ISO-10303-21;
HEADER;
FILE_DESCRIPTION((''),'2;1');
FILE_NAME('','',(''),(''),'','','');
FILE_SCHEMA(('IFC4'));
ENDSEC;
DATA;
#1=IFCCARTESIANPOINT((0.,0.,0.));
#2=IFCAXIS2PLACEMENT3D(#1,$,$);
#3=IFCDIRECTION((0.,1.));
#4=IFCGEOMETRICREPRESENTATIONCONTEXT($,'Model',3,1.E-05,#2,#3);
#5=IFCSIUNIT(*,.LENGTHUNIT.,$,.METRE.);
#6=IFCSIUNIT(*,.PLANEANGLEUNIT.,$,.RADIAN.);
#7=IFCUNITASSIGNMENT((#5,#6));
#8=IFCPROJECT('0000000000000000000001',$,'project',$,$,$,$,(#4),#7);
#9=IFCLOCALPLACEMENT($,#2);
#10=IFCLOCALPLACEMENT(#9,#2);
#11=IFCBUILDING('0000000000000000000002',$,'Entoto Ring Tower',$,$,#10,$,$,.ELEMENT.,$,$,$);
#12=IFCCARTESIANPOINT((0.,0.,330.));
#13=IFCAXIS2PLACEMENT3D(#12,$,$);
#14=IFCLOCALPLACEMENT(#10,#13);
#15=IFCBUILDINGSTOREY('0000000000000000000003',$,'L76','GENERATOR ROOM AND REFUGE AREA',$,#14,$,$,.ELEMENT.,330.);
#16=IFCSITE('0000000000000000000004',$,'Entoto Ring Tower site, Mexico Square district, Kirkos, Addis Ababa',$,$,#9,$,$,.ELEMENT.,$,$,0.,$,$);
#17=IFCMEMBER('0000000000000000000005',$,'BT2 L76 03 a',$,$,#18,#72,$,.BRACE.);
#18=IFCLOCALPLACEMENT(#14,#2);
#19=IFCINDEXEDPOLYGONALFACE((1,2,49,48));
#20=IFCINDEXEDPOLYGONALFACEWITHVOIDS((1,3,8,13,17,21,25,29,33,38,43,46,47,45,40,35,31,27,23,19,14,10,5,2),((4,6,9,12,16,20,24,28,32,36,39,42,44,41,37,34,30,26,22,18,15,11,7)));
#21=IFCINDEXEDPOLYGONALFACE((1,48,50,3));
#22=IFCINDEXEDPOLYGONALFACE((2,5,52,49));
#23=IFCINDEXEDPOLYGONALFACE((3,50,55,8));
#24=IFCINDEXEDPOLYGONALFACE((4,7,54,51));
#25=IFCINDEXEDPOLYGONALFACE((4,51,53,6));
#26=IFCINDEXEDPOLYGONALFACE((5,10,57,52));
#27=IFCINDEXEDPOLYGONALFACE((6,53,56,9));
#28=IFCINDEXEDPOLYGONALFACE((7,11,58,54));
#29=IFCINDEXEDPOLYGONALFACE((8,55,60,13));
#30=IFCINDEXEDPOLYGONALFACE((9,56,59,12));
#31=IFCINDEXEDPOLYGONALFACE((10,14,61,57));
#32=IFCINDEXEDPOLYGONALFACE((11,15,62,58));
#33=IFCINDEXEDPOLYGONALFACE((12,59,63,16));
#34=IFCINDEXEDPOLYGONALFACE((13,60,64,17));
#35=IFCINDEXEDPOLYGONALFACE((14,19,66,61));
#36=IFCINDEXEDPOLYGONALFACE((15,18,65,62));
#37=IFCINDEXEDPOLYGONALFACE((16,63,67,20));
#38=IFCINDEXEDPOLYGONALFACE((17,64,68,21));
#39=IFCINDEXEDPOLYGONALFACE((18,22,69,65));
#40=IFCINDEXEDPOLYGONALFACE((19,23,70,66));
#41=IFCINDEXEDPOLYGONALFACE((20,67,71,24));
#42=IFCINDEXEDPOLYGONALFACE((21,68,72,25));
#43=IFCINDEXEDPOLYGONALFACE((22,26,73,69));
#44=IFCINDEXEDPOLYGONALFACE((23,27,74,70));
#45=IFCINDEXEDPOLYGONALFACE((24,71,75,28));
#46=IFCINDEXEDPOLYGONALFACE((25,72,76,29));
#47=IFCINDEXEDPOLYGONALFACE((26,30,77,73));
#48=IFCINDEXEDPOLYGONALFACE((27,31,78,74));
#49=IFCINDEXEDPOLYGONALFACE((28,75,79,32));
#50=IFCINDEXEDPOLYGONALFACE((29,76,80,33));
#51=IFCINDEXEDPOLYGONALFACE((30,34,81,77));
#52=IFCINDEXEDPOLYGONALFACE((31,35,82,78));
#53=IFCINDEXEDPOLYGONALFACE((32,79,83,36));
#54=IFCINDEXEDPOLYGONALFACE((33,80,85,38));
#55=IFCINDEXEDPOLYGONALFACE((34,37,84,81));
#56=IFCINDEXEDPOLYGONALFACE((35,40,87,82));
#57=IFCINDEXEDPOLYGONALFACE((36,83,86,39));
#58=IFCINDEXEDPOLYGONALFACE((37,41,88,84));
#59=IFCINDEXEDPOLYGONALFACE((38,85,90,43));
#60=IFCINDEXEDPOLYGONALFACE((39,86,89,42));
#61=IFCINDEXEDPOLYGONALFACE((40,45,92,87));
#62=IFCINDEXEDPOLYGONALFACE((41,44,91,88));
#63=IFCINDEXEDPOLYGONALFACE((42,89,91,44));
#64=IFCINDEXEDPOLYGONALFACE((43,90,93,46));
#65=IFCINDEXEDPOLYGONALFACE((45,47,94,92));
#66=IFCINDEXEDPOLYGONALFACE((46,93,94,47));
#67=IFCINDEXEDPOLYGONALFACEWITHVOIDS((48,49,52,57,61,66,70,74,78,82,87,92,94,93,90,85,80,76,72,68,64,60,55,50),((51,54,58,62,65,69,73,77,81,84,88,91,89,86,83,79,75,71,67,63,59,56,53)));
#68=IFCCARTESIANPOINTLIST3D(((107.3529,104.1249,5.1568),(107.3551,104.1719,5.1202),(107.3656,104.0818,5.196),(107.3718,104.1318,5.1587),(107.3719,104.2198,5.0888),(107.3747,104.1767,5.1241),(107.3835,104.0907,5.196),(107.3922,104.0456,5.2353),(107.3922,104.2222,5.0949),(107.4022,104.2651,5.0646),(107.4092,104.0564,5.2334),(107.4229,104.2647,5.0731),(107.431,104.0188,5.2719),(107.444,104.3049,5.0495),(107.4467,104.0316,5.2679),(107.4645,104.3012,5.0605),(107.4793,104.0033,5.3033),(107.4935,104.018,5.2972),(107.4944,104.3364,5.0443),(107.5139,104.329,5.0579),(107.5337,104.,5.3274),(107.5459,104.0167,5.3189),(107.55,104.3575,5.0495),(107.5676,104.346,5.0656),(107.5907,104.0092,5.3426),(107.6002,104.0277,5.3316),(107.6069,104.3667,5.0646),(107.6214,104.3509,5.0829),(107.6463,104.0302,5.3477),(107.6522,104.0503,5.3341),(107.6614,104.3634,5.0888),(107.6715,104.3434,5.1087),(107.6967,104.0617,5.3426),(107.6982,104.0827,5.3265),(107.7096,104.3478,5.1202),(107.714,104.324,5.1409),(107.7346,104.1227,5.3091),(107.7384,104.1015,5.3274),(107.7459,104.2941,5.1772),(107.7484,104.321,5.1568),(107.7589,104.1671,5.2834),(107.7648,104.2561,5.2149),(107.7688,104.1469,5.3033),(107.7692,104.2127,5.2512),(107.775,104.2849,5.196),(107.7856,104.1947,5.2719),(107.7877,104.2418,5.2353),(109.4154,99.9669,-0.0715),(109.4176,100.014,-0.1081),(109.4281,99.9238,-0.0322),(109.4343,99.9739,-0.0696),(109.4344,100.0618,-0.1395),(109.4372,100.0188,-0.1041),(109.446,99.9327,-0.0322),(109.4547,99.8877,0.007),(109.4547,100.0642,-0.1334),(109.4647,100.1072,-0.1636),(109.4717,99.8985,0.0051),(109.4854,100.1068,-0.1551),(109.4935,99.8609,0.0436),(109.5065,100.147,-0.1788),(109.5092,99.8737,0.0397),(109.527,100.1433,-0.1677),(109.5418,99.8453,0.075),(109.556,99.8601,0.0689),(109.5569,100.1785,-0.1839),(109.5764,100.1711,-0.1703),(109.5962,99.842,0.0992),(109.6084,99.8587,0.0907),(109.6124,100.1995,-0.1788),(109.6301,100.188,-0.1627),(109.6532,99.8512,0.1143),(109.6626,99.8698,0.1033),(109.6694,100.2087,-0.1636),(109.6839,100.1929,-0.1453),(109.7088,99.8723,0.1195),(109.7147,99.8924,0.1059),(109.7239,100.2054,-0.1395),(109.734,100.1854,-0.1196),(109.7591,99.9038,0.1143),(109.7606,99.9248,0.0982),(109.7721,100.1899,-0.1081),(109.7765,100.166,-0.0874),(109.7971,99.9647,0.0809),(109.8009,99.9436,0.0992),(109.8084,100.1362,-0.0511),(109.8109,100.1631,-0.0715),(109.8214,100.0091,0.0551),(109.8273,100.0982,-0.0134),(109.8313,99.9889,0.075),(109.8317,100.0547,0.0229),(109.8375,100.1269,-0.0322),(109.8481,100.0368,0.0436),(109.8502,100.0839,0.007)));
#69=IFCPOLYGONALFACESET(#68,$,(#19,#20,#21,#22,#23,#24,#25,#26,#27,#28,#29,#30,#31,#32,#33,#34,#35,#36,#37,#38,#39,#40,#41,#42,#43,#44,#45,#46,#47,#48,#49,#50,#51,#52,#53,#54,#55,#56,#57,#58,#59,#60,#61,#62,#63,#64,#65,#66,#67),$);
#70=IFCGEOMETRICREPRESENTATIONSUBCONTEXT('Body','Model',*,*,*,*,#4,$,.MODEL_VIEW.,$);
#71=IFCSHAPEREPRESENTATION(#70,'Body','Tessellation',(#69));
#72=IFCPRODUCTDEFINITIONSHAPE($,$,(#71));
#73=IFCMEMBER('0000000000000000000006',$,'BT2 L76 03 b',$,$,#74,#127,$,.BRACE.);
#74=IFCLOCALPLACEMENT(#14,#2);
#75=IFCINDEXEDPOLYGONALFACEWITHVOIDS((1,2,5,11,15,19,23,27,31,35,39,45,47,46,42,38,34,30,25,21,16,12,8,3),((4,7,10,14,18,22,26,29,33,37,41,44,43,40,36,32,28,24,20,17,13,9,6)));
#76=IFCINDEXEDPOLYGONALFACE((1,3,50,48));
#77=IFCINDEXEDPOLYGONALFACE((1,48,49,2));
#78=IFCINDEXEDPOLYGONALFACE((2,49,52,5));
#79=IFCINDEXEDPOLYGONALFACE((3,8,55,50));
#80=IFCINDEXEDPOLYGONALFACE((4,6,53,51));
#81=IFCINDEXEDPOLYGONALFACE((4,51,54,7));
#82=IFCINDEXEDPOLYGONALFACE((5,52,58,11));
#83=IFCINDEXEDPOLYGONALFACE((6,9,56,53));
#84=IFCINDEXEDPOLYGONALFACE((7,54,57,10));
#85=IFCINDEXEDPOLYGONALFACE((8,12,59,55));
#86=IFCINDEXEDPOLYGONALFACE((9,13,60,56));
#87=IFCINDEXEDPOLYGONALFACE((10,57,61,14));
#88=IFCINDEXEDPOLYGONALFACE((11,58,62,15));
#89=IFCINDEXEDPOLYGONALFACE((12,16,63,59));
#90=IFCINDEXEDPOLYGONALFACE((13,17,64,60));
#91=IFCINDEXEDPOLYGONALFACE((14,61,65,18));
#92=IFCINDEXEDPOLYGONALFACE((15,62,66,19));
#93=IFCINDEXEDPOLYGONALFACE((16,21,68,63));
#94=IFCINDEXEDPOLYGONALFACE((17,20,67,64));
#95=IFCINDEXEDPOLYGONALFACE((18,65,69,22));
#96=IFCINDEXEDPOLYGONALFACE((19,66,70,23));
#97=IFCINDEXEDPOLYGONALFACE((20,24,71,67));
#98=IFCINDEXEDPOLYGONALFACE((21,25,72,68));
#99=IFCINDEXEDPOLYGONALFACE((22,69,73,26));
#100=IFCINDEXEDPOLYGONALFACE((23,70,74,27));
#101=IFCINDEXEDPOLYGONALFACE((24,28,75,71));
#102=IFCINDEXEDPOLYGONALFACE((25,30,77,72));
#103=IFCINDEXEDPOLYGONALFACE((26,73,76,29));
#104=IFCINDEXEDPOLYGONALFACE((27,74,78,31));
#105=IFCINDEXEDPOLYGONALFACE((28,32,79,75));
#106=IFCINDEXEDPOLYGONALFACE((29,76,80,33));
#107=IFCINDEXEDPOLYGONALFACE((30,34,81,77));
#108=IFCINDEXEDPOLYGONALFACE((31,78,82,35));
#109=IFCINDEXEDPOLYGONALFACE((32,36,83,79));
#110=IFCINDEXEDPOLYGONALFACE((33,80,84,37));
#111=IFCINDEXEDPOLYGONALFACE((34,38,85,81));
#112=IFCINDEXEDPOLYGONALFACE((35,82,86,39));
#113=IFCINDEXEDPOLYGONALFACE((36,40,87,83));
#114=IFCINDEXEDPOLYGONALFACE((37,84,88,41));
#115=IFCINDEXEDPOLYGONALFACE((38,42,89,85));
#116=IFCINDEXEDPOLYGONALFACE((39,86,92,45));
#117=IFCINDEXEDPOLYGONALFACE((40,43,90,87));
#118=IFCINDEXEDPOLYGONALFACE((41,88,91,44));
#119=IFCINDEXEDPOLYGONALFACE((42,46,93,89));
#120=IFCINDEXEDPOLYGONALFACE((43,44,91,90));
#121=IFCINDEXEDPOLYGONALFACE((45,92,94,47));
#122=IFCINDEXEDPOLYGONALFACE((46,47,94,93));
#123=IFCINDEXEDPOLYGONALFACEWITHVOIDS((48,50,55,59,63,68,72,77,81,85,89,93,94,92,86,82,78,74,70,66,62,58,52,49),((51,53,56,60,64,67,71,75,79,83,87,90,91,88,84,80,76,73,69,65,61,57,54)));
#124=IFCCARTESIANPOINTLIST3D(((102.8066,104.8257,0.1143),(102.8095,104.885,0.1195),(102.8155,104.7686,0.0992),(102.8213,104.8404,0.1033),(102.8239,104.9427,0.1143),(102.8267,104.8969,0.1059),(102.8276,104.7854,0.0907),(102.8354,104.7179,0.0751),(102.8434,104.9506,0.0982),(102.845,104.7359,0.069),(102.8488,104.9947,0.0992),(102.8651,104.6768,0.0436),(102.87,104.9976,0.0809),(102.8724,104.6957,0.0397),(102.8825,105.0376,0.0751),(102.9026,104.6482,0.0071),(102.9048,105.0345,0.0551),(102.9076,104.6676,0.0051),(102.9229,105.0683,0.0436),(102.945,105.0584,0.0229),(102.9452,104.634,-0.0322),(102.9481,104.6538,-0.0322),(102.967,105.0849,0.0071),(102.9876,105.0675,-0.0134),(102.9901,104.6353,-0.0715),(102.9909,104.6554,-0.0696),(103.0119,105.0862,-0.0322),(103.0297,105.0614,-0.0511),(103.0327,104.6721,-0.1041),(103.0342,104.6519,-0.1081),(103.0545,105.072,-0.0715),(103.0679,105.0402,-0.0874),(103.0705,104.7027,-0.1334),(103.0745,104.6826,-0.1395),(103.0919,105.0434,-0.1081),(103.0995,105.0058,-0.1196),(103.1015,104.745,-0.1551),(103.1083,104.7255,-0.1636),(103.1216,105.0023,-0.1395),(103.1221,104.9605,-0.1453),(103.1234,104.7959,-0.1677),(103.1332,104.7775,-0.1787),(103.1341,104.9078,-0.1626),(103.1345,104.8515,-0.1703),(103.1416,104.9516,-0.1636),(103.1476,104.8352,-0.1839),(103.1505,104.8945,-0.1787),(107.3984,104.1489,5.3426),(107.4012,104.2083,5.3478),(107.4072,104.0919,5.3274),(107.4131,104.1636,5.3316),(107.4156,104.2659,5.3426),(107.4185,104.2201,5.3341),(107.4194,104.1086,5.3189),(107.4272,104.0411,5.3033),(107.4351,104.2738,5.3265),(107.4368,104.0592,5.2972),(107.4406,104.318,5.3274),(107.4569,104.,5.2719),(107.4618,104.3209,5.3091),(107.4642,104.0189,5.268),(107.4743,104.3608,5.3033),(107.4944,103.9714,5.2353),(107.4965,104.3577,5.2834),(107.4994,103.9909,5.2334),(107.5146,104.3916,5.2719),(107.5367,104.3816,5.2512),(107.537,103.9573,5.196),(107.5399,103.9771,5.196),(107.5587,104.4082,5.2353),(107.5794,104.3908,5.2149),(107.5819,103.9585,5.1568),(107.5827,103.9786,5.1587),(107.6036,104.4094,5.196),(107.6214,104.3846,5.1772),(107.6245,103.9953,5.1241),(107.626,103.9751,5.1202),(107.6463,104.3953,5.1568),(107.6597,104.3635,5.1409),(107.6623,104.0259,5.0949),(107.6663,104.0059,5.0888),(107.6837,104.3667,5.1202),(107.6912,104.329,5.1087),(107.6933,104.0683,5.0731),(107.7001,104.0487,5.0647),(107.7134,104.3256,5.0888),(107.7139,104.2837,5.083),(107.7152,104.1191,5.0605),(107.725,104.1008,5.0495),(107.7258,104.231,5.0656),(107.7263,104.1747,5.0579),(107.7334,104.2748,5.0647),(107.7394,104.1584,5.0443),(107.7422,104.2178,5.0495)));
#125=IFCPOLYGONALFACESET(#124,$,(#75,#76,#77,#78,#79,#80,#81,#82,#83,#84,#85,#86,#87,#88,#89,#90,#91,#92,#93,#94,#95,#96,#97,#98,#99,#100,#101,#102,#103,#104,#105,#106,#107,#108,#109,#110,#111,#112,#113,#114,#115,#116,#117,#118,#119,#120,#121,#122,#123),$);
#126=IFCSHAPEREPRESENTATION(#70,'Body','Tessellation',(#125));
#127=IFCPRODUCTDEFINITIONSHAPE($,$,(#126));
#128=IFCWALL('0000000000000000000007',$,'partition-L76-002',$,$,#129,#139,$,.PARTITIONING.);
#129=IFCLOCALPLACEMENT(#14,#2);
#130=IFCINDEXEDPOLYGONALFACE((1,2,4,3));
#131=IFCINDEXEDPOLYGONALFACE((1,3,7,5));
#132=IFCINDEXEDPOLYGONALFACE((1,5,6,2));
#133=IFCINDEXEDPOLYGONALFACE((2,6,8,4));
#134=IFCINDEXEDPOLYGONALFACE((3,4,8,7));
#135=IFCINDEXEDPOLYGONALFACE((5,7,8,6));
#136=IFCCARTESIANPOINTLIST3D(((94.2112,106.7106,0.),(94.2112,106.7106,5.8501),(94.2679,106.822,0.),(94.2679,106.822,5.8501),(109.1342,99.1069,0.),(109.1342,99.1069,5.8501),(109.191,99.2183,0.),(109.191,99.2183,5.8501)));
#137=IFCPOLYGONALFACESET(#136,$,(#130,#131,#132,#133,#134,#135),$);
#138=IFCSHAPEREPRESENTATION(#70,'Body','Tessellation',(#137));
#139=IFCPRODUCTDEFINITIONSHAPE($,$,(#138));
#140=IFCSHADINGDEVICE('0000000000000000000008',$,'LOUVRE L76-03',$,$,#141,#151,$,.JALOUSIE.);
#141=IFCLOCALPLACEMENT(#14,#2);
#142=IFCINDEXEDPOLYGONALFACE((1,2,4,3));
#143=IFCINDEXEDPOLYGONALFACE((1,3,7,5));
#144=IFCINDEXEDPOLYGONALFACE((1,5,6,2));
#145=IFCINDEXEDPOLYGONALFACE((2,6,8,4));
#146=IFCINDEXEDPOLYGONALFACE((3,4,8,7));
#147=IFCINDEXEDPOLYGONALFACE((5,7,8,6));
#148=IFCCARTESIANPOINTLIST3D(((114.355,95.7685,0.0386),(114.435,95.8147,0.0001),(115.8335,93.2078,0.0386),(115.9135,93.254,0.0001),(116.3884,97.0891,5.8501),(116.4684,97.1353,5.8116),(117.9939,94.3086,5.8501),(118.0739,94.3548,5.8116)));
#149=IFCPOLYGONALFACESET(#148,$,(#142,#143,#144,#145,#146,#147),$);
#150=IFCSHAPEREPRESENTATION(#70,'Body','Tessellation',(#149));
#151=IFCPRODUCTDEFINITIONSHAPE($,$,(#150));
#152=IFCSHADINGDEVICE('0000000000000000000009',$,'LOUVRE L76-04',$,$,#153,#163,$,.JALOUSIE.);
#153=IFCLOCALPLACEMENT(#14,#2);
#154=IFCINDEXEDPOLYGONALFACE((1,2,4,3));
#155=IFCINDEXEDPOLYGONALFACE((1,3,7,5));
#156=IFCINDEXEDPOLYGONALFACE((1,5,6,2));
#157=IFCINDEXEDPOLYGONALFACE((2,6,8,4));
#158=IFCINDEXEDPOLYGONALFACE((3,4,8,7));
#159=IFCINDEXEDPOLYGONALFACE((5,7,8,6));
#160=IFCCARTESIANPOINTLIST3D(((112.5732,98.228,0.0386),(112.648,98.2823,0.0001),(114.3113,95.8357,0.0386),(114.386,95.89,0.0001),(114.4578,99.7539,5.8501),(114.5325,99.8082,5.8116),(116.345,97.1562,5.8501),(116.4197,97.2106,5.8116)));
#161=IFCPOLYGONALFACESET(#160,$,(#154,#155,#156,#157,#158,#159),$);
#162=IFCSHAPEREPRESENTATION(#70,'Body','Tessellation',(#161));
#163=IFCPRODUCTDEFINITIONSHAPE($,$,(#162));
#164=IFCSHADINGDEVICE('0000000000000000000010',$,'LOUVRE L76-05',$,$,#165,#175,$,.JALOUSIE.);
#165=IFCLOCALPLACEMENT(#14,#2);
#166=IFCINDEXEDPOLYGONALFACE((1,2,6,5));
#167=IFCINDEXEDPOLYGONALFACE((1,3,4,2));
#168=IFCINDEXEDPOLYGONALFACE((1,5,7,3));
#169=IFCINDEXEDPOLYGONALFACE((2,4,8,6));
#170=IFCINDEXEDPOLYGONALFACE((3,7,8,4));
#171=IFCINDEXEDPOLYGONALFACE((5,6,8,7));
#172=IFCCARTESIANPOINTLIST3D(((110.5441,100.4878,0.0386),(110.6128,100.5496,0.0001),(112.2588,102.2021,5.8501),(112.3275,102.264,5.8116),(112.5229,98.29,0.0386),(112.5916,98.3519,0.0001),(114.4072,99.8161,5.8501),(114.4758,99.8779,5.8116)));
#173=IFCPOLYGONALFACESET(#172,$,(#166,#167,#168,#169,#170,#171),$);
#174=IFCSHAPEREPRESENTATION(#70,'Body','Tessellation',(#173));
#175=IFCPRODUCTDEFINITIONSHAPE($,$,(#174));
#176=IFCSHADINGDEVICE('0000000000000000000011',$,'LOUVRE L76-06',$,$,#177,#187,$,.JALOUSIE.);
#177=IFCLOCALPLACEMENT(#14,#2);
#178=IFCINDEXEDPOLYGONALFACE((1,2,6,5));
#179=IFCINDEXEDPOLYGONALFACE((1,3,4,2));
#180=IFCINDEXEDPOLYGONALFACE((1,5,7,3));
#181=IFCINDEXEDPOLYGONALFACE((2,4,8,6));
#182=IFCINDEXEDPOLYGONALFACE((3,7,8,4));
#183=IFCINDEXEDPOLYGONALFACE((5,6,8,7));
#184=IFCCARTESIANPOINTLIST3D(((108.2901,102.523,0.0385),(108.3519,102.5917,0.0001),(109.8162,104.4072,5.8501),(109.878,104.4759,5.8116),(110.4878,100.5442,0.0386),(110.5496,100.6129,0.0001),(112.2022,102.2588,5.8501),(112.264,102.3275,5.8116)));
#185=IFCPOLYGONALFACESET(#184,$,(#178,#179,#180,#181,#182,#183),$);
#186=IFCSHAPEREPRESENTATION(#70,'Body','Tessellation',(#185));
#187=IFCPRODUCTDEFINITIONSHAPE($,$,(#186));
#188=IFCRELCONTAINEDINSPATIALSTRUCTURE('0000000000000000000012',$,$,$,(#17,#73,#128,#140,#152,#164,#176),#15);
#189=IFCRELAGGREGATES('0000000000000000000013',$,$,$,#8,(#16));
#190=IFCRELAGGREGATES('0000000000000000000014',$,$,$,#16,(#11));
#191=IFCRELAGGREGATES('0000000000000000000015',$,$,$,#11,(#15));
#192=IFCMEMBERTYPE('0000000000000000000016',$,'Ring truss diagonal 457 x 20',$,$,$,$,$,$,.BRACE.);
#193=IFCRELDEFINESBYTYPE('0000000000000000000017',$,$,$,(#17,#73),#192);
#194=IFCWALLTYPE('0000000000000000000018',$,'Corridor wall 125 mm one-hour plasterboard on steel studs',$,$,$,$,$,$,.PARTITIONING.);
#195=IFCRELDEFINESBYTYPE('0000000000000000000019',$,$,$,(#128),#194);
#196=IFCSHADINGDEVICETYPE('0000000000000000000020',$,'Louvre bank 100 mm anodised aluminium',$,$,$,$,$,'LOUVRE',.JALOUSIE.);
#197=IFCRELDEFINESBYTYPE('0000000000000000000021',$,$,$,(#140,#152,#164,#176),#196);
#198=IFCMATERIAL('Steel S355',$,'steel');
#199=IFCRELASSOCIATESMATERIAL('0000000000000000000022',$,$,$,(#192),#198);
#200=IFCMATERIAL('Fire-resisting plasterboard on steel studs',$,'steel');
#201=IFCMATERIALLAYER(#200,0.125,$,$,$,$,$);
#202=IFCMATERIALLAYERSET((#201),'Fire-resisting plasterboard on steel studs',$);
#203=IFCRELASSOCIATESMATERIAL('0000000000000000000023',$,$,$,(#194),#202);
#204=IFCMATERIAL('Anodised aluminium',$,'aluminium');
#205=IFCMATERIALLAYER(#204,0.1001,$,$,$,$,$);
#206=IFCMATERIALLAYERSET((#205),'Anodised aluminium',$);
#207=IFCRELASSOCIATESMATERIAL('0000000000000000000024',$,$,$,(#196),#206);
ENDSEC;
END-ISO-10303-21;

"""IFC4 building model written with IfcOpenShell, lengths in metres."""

from ifc_helpers import new_model, si_unit, direction, frame, frame_2d, origin, origin_2d, place, context, subcontext, project, spatial, polyline, rectangle, circle, hollow_circle, outline, extrude, material, layer, layer_set, material_profile, profile_set, type_object, element, save


model = new_model("IFC4")

# Units and contexts
model_context = context("Model", 3, precision=1e-05, world=origin(), true_north=direction((0.0, 1.0)))
body_context = subcontext(model_context, "Body", "Model", "MODEL_VIEW")
ifc_project = project(units=[si_unit("LENGTHUNIT", "METRE"), si_unit("PLANEANGLEUNIT", "RADIAN")], contexts=[model_context])

# Site, building, storey
site_placement = place(None, origin())
site = spatial("IfcSite", under=ifc_project, at=site_placement, Name="Entoto Ring Tower site, Mexico Square district, Kirkos, Addis Ababa", CompositionType="ELEMENT", RefElevation=0.0)
building_placement = place(site_placement, origin())
building = spatial("IfcBuilding", under=site, at=building_placement, Name="Entoto Ring Tower", CompositionType="ELEMENT")
storey_placement = place(building_placement, frame((0.0, 0.0, 330.0)))
storey = spatial("IfcBuildingStorey", under=building, at=storey_placement, Name="L76", Description="GENERATOR ROOM AND REFUGE AREA", CompositionType="ELEMENT", Elevation=330.0)

# Members
ifc_material_1 = material(Name="Steel S355", Category="steel")
ifc_material_profile_1 = material_profile(ifc_material_1, hollow_circle(Radius=0.2285, WallThickness=0.02, at=origin_2d()), Name="CHS 457 x 20")
ifc_material_2 = material(Name="Concrete C60/75", Category="concrete")
ifc_material_profile_2 = material_profile(ifc_material_2, circle(Radius=0.2085, at=origin_2d()), Name="Concrete C60/75 infill")
ifc_profile_set_1 = profile_set([ifc_material_profile_1, ifc_material_profile_2], Name="Steel S355")
member_type_1 = type_object("IfcMemberType", Name="Ring truss diagonal 457 x 20", PredefinedType="BRACE", material=ifc_profile_set_1)
for number, where, z_axis, x_axis, name in (
    (1, (109.6328, 100.0254, -0.0322), (-0.295012, 0.594739, 0.747832), (-0.895843, -0.444371, 0.0), "BT2 L76 03 a"),
    (2, (107.5703, 104.1833, 5.196), (-0.656793, 0.096801, -0.747832), (-0.145809, -0.989313, 0.0), "BT2 L76 03 b"),
):
    element("IfcMember", number, at=place(storey_placement, frame(where, z_axis=z_axis, x_axis=x_axis)), inside=storey, type_object=member_type_1, Name=name, PredefinedType="BRACE", context=body_context, shape_type="SweptSolid", body=[
        extrude(hollow_circle(Radius=0.2285, WallThickness=0.02, at=origin_2d()), origin(), (0.0, 0.0, 1.0), 6.9912),
    ])

# Wall
ifc_material_3 = material(Name="Fire-resisting plasterboard on steel studs", Category="steel")
ifc_layer_1 = layer(ifc_material_3, 0.125)
ifc_layer_set_1 = layer_set([ifc_layer_1], Name="Fire-resisting plasterboard on steel studs")
wall_type = type_object("IfcWallType", Name="Corridor wall 125 mm one-hour plasterboard on steel studs", PredefinedType="PARTITIONING", material=ifc_layer_set_1)
wall_placement = place(storey_placement, frame((109.1626, 99.1626, 0.0), z_axis=(0.0, 0.0, 1.0), x_axis=(-0.891005, 0.453993, 0.0)))
element("IfcWall", 3, at=wall_placement, inside=storey, type_object=wall_type, Name="partition-L76-002", PredefinedType="PARTITIONING", context=body_context, shape_type="SweptSolid", body=[
    extrude(rectangle(XDim=16.7485, YDim=0.125, at=frame_2d((8.3743, 0.0))), origin(), (0.0, 0.0, 1.0), 5.8501),
])

# Shading devices
ifc_material_4 = material(Name="Anodised aluminium", Category="aluminium")
ifc_layer_2 = layer(ifc_material_4, 0.1001)
ifc_layer_set_2 = layer_set([ifc_layer_2], Name="Anodised aluminium")
shading_device_type = type_object("IfcShadingDeviceType", Name="Louvre bank 100 mm anodised aluminium", ElementType="LOUVRE", PredefinedType="JALOUSIE", material=ifc_layer_set_2)
shading_device_1_placement = place(storey_placement, frame((115.8335, 93.2078, 0.0386), z_axis=(-0.799403, -0.461562, 0.384598), x_axis=(-0.50002, 0.866014, 0.000005)))
element("IfcShadingDevice", 4, at=shading_device_1_placement, inside=storey, type_object=shading_device_type, Name="LOUVRE L76-03", PredefinedType="JALOUSIE", context=body_context, shape_type="SweptSolid", body=[
    extrude(outline(polyline([(0.0, 0.0), (2.957, 0.0), (3.0838, -6.2958), (-0.1269, -6.2958), (0.0, 0.0)])), origin(), (0.0, 0.0, -1.0), 0.1001),
])
shading_device_2_placement = place(storey_placement, frame((114.3113, 95.8357, 0.0386), z_axis=(-0.746798, -0.542551, 0.384619), x_axis=(-0.587764, 0.809032, 0.0)))
element("IfcShadingDevice", 5, at=shading_device_2_placement, inside=storey, type_object=shading_device_type, Name="LOUVRE L76-04", PredefinedType="JALOUSIE", context=body_context, shape_type="SweptSolid", body=[
    extrude(outline(polyline([(0.0, 0.0), (2.957, 0.0), (3.0839, -6.2958), (-0.127, -6.2958), (0.0, 0.0)])), origin(), (0.0, 0.0, -1.0), 0.1001),
])
shading_device_3_placement = place(storey_placement, frame((112.5229, 98.29, 0.0386), z_axis=(-0.685984, -0.61766, 0.384606), x_axis=(-0.669126, 0.743149, 0.000009)))
element("IfcShadingDevice", 6, at=shading_device_3_placement, inside=storey, type_object=shading_device_type, Name="LOUVRE L76-05", PredefinedType="JALOUSIE", context=body_context, shape_type="SweptSolid", body=[
    extrude(outline(polyline([(0.0, 0.0), (2.9573, 0.0), (3.0841, -6.2958), (-0.1266, -6.2958), (0.0, 0.0)])), origin(), (0.0, 0.0, -1.0), 0.1001),
])
shading_device_4_placement = place(storey_placement, frame((110.4878, 100.5442, 0.0386), z_axis=(-0.61766, -0.685984, 0.384606), x_axis=(-0.743149, 0.669126, -0.000009)))
element("IfcShadingDevice", 7, at=shading_device_4_placement, inside=storey, type_object=shading_device_type, Name="LOUVRE L76-06", PredefinedType="JALOUSIE", context=body_context, shape_type="SweptSolid", body=[
    extrude(outline(polyline([(0.0, 0.0), (2.9573, 0.0), (3.0839, -6.2958), (-0.1268, -6.2958), (0.0, 0.0)])), origin(), (0.0, 0.0, -1.0), 0.1001),
])

save(model, "model.ifc")
